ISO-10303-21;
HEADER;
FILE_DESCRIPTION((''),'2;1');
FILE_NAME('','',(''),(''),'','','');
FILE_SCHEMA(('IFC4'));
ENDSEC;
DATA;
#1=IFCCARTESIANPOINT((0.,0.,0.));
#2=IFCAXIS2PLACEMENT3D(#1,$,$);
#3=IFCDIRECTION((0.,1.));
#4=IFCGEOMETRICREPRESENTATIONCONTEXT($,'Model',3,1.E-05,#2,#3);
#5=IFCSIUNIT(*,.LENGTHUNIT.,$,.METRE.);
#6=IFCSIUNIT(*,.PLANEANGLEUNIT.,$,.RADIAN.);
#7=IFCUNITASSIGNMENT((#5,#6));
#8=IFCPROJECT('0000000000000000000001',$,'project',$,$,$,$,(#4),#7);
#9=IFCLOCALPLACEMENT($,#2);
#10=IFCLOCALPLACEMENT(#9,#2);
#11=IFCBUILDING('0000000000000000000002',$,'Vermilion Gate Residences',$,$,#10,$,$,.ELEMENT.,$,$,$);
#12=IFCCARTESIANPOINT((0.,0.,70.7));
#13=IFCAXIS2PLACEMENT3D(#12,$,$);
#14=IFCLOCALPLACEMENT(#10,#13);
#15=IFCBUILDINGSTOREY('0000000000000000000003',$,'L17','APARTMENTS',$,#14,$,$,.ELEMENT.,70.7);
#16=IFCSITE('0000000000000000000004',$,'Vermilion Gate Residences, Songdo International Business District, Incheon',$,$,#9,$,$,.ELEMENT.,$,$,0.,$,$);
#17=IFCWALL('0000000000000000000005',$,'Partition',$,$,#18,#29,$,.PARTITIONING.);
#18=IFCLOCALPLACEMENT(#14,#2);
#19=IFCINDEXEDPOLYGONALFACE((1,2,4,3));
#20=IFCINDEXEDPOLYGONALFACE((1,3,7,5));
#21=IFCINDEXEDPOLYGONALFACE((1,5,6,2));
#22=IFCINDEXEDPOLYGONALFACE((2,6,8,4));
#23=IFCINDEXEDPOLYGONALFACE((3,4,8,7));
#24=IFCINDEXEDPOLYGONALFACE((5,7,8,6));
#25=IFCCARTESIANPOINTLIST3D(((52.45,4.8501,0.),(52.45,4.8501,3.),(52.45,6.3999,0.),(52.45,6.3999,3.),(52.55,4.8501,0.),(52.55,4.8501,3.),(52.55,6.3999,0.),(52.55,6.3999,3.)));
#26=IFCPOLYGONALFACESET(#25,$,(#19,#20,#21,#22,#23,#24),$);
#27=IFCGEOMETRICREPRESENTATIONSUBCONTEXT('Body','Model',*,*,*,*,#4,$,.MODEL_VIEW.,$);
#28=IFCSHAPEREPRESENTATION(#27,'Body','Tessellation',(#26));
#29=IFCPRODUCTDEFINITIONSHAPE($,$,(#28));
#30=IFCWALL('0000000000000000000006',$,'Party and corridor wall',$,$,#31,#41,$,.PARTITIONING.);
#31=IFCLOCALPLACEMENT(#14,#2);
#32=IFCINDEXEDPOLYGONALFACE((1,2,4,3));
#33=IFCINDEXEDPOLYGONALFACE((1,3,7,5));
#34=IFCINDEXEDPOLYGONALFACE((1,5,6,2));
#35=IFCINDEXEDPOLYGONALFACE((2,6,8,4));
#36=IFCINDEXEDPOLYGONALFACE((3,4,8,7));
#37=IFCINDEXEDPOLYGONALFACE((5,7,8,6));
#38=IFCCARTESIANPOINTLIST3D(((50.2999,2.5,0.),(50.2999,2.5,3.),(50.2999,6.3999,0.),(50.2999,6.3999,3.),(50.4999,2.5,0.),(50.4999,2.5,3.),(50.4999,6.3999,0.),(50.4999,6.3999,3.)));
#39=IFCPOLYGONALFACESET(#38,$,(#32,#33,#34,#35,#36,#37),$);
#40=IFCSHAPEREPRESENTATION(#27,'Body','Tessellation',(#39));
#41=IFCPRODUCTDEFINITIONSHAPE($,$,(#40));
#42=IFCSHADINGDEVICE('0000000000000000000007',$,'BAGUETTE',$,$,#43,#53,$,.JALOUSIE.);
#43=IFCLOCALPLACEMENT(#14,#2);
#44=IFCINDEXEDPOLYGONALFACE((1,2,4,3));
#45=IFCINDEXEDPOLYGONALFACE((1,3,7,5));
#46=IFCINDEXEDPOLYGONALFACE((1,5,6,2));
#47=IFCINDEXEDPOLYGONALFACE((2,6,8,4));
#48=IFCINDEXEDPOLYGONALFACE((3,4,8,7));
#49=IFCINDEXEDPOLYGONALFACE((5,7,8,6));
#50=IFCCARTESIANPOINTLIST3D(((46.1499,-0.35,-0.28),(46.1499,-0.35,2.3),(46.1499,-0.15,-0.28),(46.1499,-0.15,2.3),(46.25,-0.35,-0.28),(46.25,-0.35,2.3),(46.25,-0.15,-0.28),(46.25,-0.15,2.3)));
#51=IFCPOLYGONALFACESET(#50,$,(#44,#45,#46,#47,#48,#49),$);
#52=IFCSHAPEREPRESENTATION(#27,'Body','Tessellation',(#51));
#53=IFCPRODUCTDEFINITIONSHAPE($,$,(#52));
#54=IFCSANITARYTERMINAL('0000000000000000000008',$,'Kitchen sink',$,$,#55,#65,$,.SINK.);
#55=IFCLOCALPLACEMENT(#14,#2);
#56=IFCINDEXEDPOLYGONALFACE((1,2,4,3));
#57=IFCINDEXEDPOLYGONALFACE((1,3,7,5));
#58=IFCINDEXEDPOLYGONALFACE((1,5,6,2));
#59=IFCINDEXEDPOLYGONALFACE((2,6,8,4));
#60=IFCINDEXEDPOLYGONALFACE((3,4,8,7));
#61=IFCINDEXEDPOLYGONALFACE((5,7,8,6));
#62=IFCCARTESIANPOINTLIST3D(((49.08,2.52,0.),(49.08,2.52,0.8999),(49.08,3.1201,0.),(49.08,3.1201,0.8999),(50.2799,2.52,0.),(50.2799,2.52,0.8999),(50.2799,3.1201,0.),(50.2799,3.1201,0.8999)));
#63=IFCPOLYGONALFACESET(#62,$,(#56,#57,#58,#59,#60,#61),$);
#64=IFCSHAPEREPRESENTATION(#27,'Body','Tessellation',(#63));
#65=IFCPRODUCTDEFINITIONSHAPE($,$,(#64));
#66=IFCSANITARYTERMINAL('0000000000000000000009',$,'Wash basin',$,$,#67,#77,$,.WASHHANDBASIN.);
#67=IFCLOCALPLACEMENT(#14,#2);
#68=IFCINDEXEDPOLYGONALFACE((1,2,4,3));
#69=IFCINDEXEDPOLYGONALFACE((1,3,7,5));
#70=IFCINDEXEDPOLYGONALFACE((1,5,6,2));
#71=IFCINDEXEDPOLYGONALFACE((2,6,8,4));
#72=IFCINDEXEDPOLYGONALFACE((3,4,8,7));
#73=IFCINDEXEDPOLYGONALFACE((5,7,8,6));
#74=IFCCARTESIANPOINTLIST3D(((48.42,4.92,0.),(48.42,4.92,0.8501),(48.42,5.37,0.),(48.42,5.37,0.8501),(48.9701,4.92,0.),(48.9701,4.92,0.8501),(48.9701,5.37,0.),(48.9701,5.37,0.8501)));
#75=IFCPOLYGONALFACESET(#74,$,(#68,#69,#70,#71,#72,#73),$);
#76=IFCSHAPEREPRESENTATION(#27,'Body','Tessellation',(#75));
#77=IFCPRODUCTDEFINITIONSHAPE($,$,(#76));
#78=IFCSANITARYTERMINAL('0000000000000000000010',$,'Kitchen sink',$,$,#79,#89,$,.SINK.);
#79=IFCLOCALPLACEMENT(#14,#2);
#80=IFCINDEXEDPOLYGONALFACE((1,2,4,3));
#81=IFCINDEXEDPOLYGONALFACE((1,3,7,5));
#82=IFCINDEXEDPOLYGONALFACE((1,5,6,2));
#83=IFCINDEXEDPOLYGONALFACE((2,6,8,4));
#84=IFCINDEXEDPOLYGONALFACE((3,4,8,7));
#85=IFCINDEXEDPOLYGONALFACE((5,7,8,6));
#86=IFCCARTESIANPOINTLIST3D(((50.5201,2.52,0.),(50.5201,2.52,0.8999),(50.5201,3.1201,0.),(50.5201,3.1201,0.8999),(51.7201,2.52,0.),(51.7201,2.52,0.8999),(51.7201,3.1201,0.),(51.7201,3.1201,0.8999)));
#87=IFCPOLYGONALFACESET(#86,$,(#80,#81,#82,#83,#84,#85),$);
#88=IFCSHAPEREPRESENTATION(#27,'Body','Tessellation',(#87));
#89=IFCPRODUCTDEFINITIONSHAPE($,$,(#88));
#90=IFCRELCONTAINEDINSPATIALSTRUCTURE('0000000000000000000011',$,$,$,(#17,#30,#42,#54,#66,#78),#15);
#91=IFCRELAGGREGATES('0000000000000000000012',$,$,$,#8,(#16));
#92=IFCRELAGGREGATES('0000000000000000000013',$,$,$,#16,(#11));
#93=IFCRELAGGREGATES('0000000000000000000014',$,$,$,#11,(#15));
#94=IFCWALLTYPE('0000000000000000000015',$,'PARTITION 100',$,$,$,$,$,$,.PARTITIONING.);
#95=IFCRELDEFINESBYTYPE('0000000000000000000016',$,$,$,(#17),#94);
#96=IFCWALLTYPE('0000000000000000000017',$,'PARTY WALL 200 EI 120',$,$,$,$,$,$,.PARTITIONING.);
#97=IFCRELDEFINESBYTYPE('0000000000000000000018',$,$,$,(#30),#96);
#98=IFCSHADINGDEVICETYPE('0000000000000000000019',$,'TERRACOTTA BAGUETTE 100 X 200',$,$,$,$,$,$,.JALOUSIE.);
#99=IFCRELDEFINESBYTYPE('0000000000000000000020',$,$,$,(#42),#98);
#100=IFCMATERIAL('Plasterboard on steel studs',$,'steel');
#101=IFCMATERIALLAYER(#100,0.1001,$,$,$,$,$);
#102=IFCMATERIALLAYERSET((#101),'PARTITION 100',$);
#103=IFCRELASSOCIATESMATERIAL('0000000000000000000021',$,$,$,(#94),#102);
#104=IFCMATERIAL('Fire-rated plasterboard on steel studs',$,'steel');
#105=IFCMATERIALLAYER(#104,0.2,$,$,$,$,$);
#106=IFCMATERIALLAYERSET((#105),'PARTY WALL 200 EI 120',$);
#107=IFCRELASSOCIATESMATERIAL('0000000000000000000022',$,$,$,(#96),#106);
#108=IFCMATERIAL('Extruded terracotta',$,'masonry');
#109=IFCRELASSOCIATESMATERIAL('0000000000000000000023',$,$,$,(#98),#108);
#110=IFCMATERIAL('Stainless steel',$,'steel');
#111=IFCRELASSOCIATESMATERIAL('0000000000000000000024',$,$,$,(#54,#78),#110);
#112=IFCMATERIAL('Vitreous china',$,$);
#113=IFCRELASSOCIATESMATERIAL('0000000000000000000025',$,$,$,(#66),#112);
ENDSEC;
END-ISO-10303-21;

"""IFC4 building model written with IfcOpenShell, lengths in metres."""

from ifc_helpers import new_model, si_unit, direction, frame, frame_2d, origin, origin_2d, place, context, subcontext, project, spatial, rectangle, extrude, material, layer, layer_set, material_profile, profile_set, type_object, element, save


model = new_model("IFC4")

# Units and contexts
model_context = context("Model", 3, precision=1e-05, world=origin(), true_north=direction((0.0, 1.0)))
body_context = subcontext(model_context, "Body", "Model", "MODEL_VIEW")
ifc_project = project(units=[si_unit("LENGTHUNIT", "METRE"), si_unit("PLANEANGLEUNIT", "RADIAN")], contexts=[model_context])

# Site, building, storey
site_placement = place(None, origin())
site = spatial("IfcSite", under=ifc_project, at=site_placement, Name="Vermilion Gate Residences, Songdo International Business District, Incheon", CompositionType="ELEMENT", RefElevation=0.0)
building_placement = place(site_placement, origin())
building = spatial("IfcBuilding", under=site, at=building_placement, Name="Vermilion Gate Residences", CompositionType="ELEMENT")
storey_placement = place(building_placement, frame((0.0, 0.0, 70.7)))
storey = spatial("IfcBuildingStorey", under=building, at=storey_placement, Name="L17", Description="APARTMENTS", CompositionType="ELEMENT", Elevation=70.7)

# Shared definitions
ifc_material_1 = material(Name="Plasterboard on steel studs", Category="steel")
ifc_layer_1 = layer(ifc_material_1, 0.1001)
ifc_layer_set_1 = layer_set([ifc_layer_1], Name="PARTITION 100")
wall_type_1 = type_object("IfcWallType", Name="PARTITION 100", PredefinedType="PARTITIONING", material=ifc_layer_set_1)

# Walls
for number, where, z_axis, x_axis, name in (
    (1, (52.5, 4.8501, 0.0), (0.0, 0.0, 1.0), (0.0, 1.0, 0.0), "Partition"),
):
    element("IfcWall", number, at=place(storey_placement, frame(where, z_axis=z_axis, x_axis=x_axis)), inside=storey, type_object=wall_type_1, Name=name, PredefinedType="PARTITIONING", context=body_context, shape_type="SweptSolid", body=[
        extrude(rectangle(XDim=1.5498, YDim=0.1001, at=frame_2d((0.7749, 0.0))), origin(), (0.0, 0.0, 1.0), 3.0),
    ])
ifc_material_2 = material(Name="Fire-rated plasterboard on steel studs", Category="steel")
ifc_layer_2 = layer(ifc_material_2, 0.2)
ifc_layer_set_2 = layer_set([ifc_layer_2], Name="PARTY WALL 200 EI 120")
wall_type_2 = type_object("IfcWallType", Name="PARTY WALL 200 EI 120", PredefinedType="PARTITIONING", material=ifc_layer_set_2)
wall_1_placement = place(storey_placement, frame((50.3999, 2.5, 0.0), z_axis=(0.0, 0.0, 1.0), x_axis=(0.0, 1.0, 0.0)))
element("IfcWall", 2, at=wall_1_placement, inside=storey, type_object=wall_type_2, Name="Party and corridor wall", PredefinedType="PARTITIONING", context=body_context, shape_type="SweptSolid", body=[
    extrude(rectangle(XDim=3.8999, YDim=0.2, at=frame_2d((1.95, 0.0))), origin(), (0.0, 0.0, 1.0), 3.0),
])

# Shading device
ifc_material_3 = material(Name="Extruded terracotta", Category="masonry")
ifc_material_profile_1 = material_profile(ifc_material_3, rectangle(XDim=0.2, YDim=0.1001, at=origin_2d()), Name="BAGUETTE 100 X 200")
ifc_profile_set_1 = profile_set([ifc_material_profile_1], Name="Extruded terracotta")
shading_device_type = type_object("IfcShadingDeviceType", Name="TERRACOTTA BAGUETTE 100 X 200", PredefinedType="JALOUSIE", material=ifc_profile_set_1)
shading_device_placement = place(storey_placement, frame((46.2, -0.25, -0.28), z_axis=(0.0, 0.0, 1.0), x_axis=(0.0, 1.0, 0.0)))
element("IfcShadingDevice", 3, at=shading_device_placement, inside=storey, type_object=shading_device_type, Name="BAGUETTE", PredefinedType="JALOUSIE", context=body_context, shape_type="SweptSolid", body=[
    extrude(rectangle(XDim=0.2, YDim=0.1001, at=origin_2d()), origin(), (0.0, 0.0, 1.0), 2.5801),
])

# Sanitary terminals
ifc_material_4 = material(Name="Stainless steel", Category="steel")
sanitary_terminal_1_placement = place(storey_placement, frame((49.6799, 2.8201, 0.0), z_axis=(0.0, 0.0, 1.0), x_axis=(1.0, 0.0, 0.0)))
element("IfcSanitaryTerminal", 4, at=sanitary_terminal_1_placement, inside=storey, material=ifc_material_4, Name="Kitchen sink", PredefinedType="SINK", context=body_context, shape_type="SweptSolid", body=[
    extrude(rectangle(XDim=1.2, YDim=0.6001, at=origin_2d()), origin(), (0.0, 0.0, 1.0), 0.8999),
])
ifc_material_5 = material(Name="Vitreous china")
sanitary_terminal_2_placement = place(storey_placement, frame((48.6951, 5.145, 0.0), z_axis=(0.0, 0.0, 1.0), x_axis=(1.0, 0.0, 0.0)))
element("IfcSanitaryTerminal", 5, at=sanitary_terminal_2_placement, inside=storey, material=ifc_material_5, Name="Wash basin", PredefinedType="WASHHANDBASIN", context=body_context, shape_type="SweptSolid", body=[
    extrude(rectangle(XDim=0.55, YDim=0.45, at=origin_2d()), origin(), (0.0, 0.0, 1.0), 0.8501),
])
sanitary_terminal_3_placement = place(storey_placement, frame((51.1201, 2.8201, 0.0), z_axis=(0.0, 0.0, 1.0), x_axis=(1.0, 0.0, 0.0)))
element("IfcSanitaryTerminal", 6, at=sanitary_terminal_3_placement, inside=storey, material=ifc_material_4, Name="Kitchen sink", PredefinedType="SINK", context=body_context, shape_type="SweptSolid", body=[
    extrude(rectangle(XDim=1.2, YDim=0.6001, at=origin_2d()), origin(), (0.0, 0.0, 1.0), 0.8999),
])

save(model, "model.ifc")
